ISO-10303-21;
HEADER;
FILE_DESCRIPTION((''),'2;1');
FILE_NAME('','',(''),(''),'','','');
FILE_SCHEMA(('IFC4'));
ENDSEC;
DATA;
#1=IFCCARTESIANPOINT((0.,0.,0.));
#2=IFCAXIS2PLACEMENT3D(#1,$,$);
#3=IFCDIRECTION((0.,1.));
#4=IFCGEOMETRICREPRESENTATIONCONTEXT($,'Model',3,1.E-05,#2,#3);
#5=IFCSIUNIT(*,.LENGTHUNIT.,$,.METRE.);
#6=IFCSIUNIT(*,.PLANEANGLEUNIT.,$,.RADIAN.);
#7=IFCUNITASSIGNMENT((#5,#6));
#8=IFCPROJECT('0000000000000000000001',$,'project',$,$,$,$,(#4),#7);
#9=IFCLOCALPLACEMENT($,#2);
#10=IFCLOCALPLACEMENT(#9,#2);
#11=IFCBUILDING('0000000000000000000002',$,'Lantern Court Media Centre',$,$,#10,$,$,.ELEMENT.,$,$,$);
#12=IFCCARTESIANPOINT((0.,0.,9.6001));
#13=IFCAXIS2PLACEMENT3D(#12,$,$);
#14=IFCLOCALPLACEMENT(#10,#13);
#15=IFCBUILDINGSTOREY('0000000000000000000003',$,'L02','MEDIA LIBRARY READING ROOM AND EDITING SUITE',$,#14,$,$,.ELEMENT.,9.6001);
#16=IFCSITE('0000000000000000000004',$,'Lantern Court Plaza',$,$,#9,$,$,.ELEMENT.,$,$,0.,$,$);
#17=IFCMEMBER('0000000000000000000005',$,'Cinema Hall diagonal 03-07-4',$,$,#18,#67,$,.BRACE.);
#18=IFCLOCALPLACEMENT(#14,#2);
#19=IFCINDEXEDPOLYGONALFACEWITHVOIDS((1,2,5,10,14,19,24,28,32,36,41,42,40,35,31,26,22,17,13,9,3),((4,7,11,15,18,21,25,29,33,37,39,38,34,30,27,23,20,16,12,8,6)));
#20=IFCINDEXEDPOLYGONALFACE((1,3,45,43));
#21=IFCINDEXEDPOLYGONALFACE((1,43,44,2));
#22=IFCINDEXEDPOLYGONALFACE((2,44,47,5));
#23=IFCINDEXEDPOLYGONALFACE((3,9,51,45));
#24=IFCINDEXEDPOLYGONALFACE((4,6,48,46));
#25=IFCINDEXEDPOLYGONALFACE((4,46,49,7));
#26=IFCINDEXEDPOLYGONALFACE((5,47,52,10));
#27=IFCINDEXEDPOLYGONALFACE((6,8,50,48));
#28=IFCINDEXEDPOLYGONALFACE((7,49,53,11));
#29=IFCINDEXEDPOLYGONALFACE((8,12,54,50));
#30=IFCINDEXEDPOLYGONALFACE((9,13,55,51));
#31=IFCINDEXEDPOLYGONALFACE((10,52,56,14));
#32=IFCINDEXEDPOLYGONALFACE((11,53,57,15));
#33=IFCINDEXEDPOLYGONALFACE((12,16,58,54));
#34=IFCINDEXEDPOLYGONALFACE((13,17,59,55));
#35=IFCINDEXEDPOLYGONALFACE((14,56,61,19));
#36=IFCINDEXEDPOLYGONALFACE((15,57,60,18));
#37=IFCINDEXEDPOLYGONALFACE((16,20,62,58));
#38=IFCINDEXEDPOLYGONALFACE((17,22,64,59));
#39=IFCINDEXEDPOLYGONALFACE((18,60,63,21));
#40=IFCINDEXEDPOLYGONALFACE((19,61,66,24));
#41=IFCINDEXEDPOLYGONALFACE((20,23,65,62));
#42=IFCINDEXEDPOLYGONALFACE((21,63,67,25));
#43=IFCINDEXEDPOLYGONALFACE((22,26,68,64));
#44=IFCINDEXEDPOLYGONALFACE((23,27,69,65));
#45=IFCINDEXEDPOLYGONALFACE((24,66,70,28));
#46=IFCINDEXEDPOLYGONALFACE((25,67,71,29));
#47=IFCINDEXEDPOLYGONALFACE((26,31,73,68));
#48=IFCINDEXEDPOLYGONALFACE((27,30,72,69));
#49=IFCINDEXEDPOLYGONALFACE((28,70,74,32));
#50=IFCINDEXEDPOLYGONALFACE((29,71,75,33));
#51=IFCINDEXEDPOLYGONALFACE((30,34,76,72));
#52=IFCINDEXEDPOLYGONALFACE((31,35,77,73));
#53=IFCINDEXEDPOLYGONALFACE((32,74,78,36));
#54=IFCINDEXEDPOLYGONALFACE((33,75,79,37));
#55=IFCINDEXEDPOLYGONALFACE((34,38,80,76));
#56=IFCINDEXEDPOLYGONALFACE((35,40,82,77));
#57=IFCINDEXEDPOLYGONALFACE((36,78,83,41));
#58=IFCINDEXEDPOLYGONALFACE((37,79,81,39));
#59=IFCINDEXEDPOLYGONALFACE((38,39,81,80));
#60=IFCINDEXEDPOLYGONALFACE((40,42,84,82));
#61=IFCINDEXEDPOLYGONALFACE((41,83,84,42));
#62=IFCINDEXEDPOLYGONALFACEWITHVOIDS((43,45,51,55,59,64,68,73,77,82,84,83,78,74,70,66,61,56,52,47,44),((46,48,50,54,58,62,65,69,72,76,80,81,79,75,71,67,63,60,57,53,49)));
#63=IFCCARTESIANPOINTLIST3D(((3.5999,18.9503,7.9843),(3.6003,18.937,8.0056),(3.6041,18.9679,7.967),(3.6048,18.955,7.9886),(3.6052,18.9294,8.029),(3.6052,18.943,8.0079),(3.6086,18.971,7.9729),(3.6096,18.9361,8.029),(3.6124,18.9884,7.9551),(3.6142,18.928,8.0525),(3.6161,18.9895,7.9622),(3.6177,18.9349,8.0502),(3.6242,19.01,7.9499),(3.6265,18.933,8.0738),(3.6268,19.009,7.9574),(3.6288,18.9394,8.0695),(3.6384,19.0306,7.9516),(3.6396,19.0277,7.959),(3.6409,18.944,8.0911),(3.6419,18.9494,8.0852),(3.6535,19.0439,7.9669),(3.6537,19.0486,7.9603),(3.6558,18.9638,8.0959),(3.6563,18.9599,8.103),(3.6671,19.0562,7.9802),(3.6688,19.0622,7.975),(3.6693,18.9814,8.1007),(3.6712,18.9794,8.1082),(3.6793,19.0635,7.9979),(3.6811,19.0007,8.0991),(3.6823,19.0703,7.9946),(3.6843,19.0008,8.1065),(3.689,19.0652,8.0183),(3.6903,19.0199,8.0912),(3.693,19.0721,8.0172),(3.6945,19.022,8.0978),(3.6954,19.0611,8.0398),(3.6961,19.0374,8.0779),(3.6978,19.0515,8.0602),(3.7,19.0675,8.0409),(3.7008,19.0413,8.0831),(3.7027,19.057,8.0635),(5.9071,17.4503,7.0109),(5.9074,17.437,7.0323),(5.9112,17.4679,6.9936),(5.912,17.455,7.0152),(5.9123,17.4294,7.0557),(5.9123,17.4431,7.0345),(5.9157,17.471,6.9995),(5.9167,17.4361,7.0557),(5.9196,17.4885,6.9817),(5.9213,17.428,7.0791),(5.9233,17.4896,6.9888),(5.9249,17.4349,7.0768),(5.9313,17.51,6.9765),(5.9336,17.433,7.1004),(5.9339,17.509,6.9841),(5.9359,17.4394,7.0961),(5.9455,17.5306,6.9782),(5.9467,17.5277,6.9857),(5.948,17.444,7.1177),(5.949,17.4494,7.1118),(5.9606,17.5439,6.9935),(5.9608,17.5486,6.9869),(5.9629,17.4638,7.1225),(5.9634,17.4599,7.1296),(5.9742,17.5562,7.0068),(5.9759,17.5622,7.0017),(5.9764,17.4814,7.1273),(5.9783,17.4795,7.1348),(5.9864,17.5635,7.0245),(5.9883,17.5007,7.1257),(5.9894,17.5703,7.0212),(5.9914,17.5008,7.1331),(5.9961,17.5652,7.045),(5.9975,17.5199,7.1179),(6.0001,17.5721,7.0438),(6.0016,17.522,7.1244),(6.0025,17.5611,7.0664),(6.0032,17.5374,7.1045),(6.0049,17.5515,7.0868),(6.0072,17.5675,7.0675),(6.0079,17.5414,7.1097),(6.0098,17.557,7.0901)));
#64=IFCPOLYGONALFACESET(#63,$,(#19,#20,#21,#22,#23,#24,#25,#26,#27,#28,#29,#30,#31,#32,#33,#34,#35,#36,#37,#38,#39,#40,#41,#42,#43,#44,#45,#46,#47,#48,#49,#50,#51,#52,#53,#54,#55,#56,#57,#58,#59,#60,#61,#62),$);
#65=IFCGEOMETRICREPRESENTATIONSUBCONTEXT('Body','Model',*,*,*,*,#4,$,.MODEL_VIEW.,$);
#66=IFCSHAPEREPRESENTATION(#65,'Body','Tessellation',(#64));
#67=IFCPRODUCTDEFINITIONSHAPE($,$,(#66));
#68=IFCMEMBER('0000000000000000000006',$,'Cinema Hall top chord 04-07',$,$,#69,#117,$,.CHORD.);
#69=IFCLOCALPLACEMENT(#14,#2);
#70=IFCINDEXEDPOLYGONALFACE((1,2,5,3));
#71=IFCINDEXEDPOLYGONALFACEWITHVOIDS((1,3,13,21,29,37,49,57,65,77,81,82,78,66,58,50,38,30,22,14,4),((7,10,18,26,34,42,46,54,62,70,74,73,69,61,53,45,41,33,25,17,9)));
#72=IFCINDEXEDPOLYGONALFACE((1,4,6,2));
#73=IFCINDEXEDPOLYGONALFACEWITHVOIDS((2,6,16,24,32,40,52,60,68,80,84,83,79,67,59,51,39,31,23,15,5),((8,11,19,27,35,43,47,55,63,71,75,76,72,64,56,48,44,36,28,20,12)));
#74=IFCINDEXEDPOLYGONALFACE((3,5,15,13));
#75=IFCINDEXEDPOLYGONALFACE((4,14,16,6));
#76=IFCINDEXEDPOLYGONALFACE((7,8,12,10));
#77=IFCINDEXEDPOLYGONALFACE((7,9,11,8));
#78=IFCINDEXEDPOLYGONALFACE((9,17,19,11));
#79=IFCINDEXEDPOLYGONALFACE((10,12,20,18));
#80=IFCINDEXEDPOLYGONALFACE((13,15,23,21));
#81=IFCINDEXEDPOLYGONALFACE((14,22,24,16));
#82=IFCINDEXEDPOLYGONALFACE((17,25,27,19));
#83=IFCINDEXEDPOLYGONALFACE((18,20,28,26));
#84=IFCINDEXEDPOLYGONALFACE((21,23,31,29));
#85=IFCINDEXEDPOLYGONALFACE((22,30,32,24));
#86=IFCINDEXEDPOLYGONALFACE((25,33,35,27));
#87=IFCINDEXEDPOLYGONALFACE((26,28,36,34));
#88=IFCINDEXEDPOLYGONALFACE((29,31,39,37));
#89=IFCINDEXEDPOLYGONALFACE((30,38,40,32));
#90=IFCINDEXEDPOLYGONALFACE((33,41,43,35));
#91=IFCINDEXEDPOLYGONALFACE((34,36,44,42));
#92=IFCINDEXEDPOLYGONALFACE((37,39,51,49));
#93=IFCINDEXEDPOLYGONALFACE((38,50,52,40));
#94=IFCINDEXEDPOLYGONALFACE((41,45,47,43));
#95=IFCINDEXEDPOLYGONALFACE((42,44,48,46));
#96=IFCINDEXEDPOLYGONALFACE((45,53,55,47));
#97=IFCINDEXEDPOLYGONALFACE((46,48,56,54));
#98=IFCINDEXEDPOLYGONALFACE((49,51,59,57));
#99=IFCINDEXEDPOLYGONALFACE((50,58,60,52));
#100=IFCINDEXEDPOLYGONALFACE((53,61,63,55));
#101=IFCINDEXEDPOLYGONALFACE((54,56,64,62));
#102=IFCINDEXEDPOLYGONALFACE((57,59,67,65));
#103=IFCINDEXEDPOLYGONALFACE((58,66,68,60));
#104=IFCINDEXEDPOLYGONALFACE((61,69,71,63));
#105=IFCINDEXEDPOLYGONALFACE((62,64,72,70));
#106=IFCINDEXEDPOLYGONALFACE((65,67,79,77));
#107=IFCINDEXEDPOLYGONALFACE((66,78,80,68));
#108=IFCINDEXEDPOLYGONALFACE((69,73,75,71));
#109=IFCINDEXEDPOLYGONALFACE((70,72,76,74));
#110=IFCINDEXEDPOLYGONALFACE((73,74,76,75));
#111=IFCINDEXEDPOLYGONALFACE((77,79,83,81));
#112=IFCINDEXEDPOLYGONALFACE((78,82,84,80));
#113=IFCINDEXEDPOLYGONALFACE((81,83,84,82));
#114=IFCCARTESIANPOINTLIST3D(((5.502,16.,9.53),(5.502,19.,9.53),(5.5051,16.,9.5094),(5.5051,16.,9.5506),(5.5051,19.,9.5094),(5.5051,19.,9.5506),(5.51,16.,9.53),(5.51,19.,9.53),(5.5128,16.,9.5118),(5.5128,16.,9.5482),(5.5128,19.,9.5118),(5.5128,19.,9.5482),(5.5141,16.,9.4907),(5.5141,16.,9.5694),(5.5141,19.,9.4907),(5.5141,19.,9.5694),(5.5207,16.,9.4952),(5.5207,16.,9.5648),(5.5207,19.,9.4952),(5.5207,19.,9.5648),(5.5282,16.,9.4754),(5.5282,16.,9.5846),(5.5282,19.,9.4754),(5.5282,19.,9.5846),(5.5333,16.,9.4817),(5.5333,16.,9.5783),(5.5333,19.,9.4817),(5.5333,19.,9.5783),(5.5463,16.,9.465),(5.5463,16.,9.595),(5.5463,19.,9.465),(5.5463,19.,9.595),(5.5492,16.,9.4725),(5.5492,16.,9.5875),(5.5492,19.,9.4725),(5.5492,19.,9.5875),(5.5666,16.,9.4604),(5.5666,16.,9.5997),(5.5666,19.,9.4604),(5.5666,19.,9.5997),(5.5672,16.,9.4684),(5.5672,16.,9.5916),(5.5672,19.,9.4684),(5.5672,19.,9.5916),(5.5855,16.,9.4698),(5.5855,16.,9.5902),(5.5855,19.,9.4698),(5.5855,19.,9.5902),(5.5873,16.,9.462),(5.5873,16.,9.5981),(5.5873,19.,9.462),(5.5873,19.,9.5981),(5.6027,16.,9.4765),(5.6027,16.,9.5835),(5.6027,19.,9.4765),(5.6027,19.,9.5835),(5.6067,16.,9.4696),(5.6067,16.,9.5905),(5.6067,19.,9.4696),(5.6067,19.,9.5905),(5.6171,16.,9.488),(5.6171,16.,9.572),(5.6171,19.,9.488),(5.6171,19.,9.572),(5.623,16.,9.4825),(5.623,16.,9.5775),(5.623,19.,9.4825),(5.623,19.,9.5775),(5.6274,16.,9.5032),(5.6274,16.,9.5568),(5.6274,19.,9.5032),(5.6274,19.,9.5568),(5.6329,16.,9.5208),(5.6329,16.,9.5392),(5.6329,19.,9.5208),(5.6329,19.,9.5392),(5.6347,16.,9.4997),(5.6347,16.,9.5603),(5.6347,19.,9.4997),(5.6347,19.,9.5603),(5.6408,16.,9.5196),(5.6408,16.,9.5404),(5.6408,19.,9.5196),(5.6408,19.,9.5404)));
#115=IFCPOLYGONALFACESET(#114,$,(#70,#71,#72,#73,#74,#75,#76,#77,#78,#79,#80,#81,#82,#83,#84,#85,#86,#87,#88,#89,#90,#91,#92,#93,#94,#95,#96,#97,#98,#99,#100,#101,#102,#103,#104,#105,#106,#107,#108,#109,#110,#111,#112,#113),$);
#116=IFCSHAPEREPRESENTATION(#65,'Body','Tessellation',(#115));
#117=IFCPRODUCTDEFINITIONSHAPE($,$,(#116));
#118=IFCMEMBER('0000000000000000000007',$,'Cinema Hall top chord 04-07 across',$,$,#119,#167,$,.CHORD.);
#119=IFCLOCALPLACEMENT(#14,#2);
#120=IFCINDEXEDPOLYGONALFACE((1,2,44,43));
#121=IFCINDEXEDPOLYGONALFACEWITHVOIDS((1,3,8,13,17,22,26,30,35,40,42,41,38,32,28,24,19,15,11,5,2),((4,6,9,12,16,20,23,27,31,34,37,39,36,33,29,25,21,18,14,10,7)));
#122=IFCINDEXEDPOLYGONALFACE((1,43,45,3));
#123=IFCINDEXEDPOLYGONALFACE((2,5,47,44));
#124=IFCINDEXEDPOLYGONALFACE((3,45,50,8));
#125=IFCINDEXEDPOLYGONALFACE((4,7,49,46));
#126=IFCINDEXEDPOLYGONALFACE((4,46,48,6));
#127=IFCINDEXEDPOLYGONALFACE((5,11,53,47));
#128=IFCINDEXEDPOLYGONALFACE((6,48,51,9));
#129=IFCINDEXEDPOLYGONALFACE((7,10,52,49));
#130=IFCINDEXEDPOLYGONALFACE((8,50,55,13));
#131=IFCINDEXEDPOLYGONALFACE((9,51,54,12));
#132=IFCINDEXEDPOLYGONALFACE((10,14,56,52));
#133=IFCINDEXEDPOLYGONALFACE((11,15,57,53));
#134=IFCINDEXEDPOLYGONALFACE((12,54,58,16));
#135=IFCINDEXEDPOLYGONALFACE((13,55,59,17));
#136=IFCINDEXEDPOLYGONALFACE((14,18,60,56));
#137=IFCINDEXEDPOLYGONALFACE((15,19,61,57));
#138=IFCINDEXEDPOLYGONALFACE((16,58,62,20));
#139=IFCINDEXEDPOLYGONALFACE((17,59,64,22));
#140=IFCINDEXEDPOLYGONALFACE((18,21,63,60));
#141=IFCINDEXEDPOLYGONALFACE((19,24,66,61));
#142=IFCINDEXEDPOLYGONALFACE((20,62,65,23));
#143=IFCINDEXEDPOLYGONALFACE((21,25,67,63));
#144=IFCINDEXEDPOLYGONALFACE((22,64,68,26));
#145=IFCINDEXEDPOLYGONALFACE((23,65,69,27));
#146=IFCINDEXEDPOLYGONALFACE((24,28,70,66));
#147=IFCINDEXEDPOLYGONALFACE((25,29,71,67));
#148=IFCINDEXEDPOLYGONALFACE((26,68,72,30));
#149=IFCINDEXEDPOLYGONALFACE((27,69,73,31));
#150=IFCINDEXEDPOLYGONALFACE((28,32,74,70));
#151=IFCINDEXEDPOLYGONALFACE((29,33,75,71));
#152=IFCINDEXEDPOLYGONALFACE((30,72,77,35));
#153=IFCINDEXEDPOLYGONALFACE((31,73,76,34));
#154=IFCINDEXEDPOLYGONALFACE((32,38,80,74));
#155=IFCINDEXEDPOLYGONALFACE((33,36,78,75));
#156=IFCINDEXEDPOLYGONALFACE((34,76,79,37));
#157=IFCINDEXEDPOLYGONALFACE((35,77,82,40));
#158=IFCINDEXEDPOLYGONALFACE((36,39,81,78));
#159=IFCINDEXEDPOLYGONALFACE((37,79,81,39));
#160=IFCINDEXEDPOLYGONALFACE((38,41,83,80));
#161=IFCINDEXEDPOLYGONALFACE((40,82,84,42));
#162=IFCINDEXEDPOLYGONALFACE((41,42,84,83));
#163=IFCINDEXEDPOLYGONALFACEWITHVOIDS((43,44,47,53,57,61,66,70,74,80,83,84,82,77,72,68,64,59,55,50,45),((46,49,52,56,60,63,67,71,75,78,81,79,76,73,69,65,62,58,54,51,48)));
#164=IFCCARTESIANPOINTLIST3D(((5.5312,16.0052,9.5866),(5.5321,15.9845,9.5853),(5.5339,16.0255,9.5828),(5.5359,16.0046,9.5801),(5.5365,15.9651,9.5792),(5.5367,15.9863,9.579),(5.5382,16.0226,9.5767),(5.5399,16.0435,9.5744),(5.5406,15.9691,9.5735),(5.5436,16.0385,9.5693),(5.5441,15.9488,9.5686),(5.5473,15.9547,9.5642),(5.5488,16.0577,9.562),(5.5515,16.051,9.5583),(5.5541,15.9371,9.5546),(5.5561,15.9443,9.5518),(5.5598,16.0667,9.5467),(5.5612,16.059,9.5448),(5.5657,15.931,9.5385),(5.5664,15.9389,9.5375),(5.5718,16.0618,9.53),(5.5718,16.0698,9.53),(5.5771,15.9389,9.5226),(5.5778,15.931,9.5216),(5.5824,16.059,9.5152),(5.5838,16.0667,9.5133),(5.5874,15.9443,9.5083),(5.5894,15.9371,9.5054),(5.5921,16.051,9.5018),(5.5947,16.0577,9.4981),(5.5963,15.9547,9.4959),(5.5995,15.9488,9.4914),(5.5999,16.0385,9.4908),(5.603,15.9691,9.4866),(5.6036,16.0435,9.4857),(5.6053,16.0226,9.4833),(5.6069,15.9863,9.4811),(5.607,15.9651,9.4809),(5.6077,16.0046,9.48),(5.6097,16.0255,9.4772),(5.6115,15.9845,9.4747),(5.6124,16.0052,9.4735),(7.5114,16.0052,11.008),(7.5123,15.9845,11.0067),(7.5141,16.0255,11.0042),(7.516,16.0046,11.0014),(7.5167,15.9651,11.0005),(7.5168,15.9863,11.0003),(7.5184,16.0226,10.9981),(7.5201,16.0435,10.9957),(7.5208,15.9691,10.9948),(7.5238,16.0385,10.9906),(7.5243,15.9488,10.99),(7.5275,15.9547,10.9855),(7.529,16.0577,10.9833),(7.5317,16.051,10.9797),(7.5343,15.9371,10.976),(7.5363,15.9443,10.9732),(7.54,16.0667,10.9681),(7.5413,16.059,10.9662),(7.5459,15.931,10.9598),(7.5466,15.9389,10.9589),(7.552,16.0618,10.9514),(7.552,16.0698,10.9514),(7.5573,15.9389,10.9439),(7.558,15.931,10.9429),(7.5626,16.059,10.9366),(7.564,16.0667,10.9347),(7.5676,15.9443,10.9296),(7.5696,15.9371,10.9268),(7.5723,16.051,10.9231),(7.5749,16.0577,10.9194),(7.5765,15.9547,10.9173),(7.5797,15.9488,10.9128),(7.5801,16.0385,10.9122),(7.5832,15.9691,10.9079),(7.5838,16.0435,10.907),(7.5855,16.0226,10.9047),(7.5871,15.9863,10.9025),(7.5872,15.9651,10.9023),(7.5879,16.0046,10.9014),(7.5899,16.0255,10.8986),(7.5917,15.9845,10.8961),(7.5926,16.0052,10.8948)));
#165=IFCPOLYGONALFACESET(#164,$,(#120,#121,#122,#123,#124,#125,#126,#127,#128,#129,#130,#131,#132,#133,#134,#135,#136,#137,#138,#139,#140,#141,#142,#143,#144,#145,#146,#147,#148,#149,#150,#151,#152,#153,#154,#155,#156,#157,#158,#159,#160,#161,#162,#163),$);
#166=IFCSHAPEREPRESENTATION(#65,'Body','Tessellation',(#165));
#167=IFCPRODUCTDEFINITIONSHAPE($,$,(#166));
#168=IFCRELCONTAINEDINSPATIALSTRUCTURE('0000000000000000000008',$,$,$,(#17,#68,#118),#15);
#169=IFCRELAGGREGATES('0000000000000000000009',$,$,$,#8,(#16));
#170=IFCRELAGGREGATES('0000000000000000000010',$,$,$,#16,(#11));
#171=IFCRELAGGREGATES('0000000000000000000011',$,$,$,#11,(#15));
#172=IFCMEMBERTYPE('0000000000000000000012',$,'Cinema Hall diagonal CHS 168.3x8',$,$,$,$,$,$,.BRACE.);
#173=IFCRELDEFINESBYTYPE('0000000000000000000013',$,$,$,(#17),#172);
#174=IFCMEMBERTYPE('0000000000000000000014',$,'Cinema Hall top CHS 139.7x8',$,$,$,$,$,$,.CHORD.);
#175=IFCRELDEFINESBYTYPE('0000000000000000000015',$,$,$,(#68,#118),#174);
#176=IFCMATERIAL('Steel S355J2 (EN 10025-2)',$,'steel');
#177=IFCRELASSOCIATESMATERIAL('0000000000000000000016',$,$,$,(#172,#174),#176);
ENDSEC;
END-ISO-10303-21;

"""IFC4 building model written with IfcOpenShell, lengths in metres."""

from ifc_helpers import new_model, si_unit, direction, frame, origin, origin_2d, place, context, subcontext, project, spatial, hollow_circle, extrude, material, material_profile, profile_set, type_object, element, save


model = new_model("IFC4")

# Units and contexts
model_context = context("Model", 3, precision=1e-05, world=origin(), true_north=direction((0.0, 1.0)))
body_context = subcontext(model_context, "Body", "Model", "MODEL_VIEW")
ifc_project = project(units=[si_unit("LENGTHUNIT", "METRE"), si_unit("PLANEANGLEUNIT", "RADIAN")], contexts=[model_context])

# Site, building, storey
site_placement = place(None, origin())
site = spatial("IfcSite", under=ifc_project, at=site_placement, Name="Lantern Court Plaza", CompositionType="ELEMENT", RefElevation=0.0)
building_placement = place(site_placement, origin())
building = spatial("IfcBuilding", under=site, at=building_placement, Name="Lantern Court Media Centre", CompositionType="ELEMENT")
storey_placement = place(building_placement, frame((0.0, 0.0, 9.6001)))
storey = spatial("IfcBuildingStorey", under=building, at=storey_placement, Name="L02", Description="MEDIA LIBRARY READING ROOM AND EDITING SUITE", CompositionType="ELEMENT", Elevation=9.6001)

# Members
ifc_material = material(Name="Steel S355J2 (EN 10025-2)", Category="steel")
ifc_material_profile_1 = material_profile(ifc_material, hollow_circle(Radius=0.0842, WallThickness=0.0081, at=origin_2d()), Name="Cinema Hall diagonal CHS 168.3x8")
ifc_profile_set_1 = profile_set([ifc_material_profile_1], Name="Steel S355J2 (EN 10025-2)")
member_type_1 = type_object("IfcMemberType", Name="Cinema Hall diagonal CHS 168.3x8", PredefinedType="BRACE", material=ifc_profile_set_1)
member_1_placement = place(storey_placement, frame((5.9583, 17.5, 7.0557), z_axis=(-0.790394, 0.513882, 0.333471), x_axis=(-0.545082, -0.838383, 0.0)))
element("IfcMember", 1, at=member_1_placement, inside=storey, type_object=member_type_1, Name="Cinema Hall diagonal 03-07-4", PredefinedType="BRACE", context=body_context, shape_type="SweptSolid", body=[
    extrude(hollow_circle(Radius=0.0842, WallThickness=0.0081, at=origin_2d()), origin(), (0.0, 0.0, 1.0), 2.9189),
])
ifc_material_profile_2 = material_profile(ifc_material, hollow_circle(Radius=0.0698, WallThickness=0.0081, at=origin_2d()), Name="Cinema Hall top CHS 139.7x8")
ifc_profile_set_2 = profile_set([ifc_material_profile_2], Name="Steel S355J2 (EN 10025-2)")
member_type_2 = type_object("IfcMemberType", Name="Cinema Hall top CHS 139.7x8", PredefinedType="CHORD", material=ifc_profile_set_2)
member_2_placement = place(storey_placement, frame((5.5718, 16.0, 9.53), z_axis=(0.0, 1.0, 0.0), x_axis=(-1.0, 0.0, 0.0)))
element("IfcMember", 2, at=member_2_placement, inside=storey, type_object=member_type_2, Name="Cinema Hall top chord 04-07", PredefinedType="CHORD", context=body_context, shape_type="SweptSolid", body=[
    extrude(hollow_circle(Radius=0.0698, WallThickness=0.0081, at=origin_2d()), origin(), (0.0, 0.0, 1.0), 3.0),
])
member_3_placement = place(storey_placement, frame((5.5718, 16.0, 9.53), z_axis=(0.812385, 0.0, 0.583122), x_axis=(0.0, 1.0, 0.0)))
element("IfcMember", 3, at=member_3_placement, inside=storey, type_object=member_type_2, Name="Cinema Hall top chord 04-07 across", PredefinedType="CHORD", context=body_context, shape_type="SweptSolid", body=[
    extrude(hollow_circle(Radius=0.0698, WallThickness=0.0081, at=origin_2d()), origin(), (0.0, 0.0, 1.0), 2.4375),
])

save(model, "model.ifc")
